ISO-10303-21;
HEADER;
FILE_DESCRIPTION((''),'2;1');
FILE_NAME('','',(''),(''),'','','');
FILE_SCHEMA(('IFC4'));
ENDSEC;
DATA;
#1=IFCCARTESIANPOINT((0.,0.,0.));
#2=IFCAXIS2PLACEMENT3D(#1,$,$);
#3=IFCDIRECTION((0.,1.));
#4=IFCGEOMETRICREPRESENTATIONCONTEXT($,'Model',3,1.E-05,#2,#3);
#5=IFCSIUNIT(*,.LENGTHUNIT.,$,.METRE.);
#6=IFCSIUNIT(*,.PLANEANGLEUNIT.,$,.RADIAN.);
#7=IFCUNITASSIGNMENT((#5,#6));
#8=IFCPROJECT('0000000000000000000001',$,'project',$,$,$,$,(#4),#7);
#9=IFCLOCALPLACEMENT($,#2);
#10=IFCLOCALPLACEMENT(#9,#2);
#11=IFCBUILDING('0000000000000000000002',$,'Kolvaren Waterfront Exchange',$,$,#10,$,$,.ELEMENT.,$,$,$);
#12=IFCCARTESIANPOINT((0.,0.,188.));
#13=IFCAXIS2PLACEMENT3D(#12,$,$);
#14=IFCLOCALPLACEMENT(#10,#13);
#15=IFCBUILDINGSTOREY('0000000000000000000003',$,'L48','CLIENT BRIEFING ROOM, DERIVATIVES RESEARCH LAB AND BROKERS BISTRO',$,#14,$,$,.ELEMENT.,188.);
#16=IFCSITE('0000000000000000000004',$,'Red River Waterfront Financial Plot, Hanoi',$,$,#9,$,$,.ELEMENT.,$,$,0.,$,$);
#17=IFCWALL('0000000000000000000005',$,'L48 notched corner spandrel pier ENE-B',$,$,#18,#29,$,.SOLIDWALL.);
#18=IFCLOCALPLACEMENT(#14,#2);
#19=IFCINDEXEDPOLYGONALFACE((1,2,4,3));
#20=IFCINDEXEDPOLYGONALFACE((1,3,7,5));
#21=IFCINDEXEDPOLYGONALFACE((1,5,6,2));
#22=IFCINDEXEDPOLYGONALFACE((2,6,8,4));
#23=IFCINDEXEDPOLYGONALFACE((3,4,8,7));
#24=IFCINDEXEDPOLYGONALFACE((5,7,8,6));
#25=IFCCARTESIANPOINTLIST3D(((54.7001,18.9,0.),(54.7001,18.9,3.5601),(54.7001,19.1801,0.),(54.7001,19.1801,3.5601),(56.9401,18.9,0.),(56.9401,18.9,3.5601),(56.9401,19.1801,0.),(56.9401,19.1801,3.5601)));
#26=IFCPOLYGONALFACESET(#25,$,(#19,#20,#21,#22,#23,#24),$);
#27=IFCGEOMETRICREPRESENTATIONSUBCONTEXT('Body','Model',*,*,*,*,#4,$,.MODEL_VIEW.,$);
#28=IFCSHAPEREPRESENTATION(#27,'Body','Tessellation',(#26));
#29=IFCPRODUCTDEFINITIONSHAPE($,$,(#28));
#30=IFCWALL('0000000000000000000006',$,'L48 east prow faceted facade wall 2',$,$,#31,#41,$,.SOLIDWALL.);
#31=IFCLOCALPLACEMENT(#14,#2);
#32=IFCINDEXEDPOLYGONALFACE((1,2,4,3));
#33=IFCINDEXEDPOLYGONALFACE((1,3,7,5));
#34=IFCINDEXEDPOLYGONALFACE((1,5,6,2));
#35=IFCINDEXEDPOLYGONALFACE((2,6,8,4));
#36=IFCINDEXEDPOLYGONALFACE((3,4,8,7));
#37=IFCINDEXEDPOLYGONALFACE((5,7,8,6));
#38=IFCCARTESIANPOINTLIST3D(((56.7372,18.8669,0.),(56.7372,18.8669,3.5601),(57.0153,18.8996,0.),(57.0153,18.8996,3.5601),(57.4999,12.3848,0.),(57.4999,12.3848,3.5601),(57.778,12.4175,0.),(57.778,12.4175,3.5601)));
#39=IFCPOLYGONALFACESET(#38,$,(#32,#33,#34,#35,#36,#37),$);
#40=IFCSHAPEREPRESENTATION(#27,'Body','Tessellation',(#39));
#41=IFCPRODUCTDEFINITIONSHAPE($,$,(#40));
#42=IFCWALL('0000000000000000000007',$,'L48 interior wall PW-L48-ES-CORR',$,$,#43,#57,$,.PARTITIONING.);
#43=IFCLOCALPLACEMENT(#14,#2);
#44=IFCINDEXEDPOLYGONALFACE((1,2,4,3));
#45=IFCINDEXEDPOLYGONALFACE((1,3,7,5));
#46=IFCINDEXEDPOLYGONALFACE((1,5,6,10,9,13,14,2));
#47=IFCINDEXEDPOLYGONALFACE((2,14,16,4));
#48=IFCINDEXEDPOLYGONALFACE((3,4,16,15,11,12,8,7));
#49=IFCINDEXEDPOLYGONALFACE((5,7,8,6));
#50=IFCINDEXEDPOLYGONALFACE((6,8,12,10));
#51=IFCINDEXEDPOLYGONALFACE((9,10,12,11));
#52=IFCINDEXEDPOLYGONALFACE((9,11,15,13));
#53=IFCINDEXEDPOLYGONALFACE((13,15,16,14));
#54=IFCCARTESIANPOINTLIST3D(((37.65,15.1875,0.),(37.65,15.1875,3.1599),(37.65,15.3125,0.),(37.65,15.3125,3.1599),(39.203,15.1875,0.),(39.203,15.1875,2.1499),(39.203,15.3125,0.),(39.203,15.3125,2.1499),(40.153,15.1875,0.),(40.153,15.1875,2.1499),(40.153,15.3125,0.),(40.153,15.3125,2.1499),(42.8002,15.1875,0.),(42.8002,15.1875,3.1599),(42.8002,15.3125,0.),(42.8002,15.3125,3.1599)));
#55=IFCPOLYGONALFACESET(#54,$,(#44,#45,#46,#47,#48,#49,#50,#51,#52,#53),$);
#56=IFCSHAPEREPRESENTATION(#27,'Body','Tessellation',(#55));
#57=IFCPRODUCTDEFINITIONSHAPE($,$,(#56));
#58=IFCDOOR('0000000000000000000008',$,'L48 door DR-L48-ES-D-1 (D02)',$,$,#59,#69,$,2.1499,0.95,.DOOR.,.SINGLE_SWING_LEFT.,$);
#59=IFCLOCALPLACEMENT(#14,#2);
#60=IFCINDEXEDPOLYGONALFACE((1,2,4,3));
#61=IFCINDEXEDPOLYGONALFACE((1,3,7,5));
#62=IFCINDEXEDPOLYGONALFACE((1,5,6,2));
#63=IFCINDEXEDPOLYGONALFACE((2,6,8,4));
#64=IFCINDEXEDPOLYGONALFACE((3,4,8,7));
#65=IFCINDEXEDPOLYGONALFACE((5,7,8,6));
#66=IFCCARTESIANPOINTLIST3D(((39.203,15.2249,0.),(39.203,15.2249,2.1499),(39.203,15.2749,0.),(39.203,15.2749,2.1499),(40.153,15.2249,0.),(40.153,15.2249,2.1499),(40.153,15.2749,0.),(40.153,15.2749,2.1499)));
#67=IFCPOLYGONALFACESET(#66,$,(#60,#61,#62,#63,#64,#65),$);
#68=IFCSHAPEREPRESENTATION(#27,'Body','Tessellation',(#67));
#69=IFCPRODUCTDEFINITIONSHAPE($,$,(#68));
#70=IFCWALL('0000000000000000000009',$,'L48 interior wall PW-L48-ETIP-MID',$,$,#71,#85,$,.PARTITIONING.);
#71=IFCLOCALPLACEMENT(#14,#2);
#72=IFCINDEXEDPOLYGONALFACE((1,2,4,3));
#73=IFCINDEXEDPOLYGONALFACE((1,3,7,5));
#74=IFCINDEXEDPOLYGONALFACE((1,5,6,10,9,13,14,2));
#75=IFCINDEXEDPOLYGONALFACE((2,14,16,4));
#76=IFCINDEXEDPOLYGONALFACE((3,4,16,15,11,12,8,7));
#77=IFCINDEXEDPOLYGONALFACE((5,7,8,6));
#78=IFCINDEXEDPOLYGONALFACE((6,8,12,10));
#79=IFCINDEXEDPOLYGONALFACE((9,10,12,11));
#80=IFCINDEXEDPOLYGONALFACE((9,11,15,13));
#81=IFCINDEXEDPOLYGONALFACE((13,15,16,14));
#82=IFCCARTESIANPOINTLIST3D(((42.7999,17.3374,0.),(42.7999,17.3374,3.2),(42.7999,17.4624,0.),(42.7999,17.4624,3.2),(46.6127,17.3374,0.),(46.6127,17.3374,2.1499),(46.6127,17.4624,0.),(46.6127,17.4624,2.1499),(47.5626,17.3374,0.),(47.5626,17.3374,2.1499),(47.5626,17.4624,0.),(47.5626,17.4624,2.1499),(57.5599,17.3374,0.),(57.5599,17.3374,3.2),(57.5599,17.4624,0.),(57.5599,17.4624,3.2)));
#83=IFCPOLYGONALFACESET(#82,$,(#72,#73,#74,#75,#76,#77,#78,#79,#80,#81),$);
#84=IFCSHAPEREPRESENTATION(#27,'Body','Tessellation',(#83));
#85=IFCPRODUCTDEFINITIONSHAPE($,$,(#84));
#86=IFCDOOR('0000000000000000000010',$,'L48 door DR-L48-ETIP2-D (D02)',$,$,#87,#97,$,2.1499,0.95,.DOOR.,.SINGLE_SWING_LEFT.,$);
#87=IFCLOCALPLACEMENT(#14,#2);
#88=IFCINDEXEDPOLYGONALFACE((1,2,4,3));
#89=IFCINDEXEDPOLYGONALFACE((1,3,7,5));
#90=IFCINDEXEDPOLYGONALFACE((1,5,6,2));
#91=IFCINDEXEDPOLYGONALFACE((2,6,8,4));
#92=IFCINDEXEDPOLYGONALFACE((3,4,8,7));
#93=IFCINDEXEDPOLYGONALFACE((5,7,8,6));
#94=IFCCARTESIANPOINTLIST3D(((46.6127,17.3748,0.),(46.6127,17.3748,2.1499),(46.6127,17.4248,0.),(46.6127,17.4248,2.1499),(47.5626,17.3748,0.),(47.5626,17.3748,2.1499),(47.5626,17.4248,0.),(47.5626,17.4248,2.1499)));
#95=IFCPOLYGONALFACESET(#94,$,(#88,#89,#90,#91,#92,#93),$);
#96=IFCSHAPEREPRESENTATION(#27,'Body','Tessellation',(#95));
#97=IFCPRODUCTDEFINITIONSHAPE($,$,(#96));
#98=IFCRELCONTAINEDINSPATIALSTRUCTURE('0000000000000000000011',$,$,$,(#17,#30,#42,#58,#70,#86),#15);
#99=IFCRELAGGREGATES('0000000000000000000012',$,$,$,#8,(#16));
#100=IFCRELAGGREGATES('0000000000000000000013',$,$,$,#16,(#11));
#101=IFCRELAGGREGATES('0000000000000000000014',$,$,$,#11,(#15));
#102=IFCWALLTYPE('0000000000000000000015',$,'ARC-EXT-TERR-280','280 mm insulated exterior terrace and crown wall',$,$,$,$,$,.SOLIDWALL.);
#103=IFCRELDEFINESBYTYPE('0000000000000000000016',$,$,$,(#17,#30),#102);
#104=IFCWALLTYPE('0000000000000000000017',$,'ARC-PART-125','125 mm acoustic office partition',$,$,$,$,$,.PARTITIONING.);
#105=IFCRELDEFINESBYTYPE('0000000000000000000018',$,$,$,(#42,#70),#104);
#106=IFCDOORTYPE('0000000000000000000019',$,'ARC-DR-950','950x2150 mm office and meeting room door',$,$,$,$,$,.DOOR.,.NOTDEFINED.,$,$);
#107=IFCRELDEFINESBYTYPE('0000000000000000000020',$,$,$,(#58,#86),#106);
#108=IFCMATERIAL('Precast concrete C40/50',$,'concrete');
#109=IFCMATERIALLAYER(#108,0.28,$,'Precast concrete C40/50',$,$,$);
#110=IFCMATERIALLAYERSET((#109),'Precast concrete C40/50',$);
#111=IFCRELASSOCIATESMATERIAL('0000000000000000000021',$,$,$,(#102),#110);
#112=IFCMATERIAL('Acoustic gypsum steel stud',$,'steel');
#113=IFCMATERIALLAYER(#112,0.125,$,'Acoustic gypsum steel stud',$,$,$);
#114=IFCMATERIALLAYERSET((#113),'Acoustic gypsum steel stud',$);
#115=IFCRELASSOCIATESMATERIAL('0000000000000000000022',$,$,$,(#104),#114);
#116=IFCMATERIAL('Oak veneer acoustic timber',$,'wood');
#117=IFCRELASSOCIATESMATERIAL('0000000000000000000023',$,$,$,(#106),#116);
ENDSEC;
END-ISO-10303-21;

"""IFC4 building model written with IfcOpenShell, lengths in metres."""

from ifc_helpers import new_model, si_unit, direction, frame, frame_2d, origin, place, context, subcontext, project, spatial, rectangle, extrude, material, layer, layer_set, type_object, element, fill, save


model = new_model("IFC4")

# Units and contexts
model_context = context("Model", 3, precision=1e-05, world=origin(), true_north=direction((0.0, 1.0)))
body_context = subcontext(model_context, "Body", "Model", "MODEL_VIEW")
ifc_project = project(units=[si_unit("LENGTHUNIT", "METRE"), si_unit("PLANEANGLEUNIT", "RADIAN")], contexts=[model_context])

# Site, building, storey
site_placement = place(None, origin())
site = spatial("IfcSite", under=ifc_project, at=site_placement, Name="Red River Waterfront Financial Plot, Hanoi", CompositionType="ELEMENT", RefElevation=0.0)
building_placement = place(site_placement, origin())
building = spatial("IfcBuilding", under=site, at=building_placement, Name="Kolvaren Waterfront Exchange", CompositionType="ELEMENT")
storey_placement = place(building_placement, frame((0.0, 0.0, 188.0)))
storey = spatial("IfcBuildingStorey", under=building, at=storey_placement, Name="L48", Description="CLIENT BRIEFING ROOM, DERIVATIVES RESEARCH LAB AND BROKERS BISTRO", CompositionType="ELEMENT", Elevation=188.0)

# Walls
ifc_material_1 = material(Name="Precast concrete C40/50", Category="concrete")
ifc_layer_1 = layer(ifc_material_1, 0.28, Name="Precast concrete C40/50")
ifc_layer_set_1 = layer_set([ifc_layer_1], Name="Precast concrete C40/50")
wall_type_1 = type_object("IfcWallType", Name="ARC-EXT-TERR-280", Description="280 mm insulated exterior terrace and crown wall", PredefinedType="SOLIDWALL", material=ifc_layer_set_1)
wall_1_placement = place(storey_placement, frame((54.7, 19.04, 0.0), z_axis=(0.0, 0.0, 1.0), x_axis=(1.0, 0.0, 0.0)))
element("IfcWall", 1, at=wall_1_placement, inside=storey, type_object=wall_type_1, Name="L48 notched corner spandrel pier ENE-B", PredefinedType="SOLIDWALL", context=body_context, shape_type="SweptSolid", body=[
    extrude(rectangle(XDim=2.24, YDim=0.28, at=frame_2d((1.1201, 0.0))), origin(), (0.0, 0.0, 1.0), 3.5601),
])
wall_2_placement = place(storey_placement, frame((57.6389, 12.4011, 0.0), z_axis=(0.0, 0.0, 1.0), x_axis=(-0.116854, 0.993149, 0.0)))
element("IfcWall", 2, at=wall_2_placement, inside=storey, type_object=wall_type_1, Name="L48 east prow faceted facade wall 2", PredefinedType="SOLIDWALL", context=body_context, shape_type="SweptSolid", body=[
    extrude(rectangle(XDim=6.5269, YDim=0.28, at=frame_2d((3.2634, 0.0))), origin(), (0.0, 0.0, 1.0), 3.5601),
])

# Walls, openings, doors
ifc_material_2 = material(Name="Acoustic gypsum steel stud", Category="steel")
ifc_layer_2 = layer(ifc_material_2, 0.125, Name="Acoustic gypsum steel stud")
ifc_layer_set_2 = layer_set([ifc_layer_2], Name="Acoustic gypsum steel stud")
wall_type_2 = type_object("IfcWallType", Name="ARC-PART-125", Description="125 mm acoustic office partition", PredefinedType="PARTITIONING", material=ifc_layer_set_2)
wall_3_placement = place(storey_placement, frame((37.6499, 15.25, 0.0), z_axis=(0.0, 0.0, 1.0), x_axis=(1.0, 0.0, 0.0)))
wall_3 = element("IfcWall", 3, at=wall_3_placement, inside=storey, type_object=wall_type_2, Name="L48 interior wall PW-L48-ES-CORR", PredefinedType="PARTITIONING", context=body_context, shape_type="SweptSolid", body=[
    extrude(rectangle(XDim=5.1501, YDim=0.125, at=frame_2d((2.5752, 0.0))), origin(), (0.0, 0.0, 1.0), 3.1599),
])
opening_1_placement = place(wall_3_placement, frame((1.553, 0.0, 0.0)))
opening_1 = element("IfcOpeningElement", 4, at=opening_1_placement, cuts=wall_3, PredefinedType="OPENING", context=body_context, shape_type="SweptSolid", body=[
    extrude(rectangle(XDim=0.95, YDim=2.1499, at=frame_2d((0.4751, 1.075))), frame((0.0, 0.0725, 0.0), z_axis=(0.0, -1.0, 0.0), x_axis=(1.0, 0.0, 0.0)), (0.0, 0.0, 1.0), 0.145),
])
ifc_material_3 = material(Name="Oak veneer acoustic timber", Category="wood")
door_type = type_object("IfcDoorType", Name="ARC-DR-950", Description="950x2150 mm office and meeting room door", OperationType="NOTDEFINED", PredefinedType="DOOR", material=ifc_material_3)
door_1_placement = place(opening_1_placement, origin())
door_1 = element("IfcDoor", 5, at=door_1_placement, inside=storey, type_object=door_type, Name="L48 door DR-L48-ES-D-1 (D02)", OperationType="SINGLE_SWING_LEFT", OverallHeight=2.1499, OverallWidth=0.95, PredefinedType="DOOR", context=body_context, shape_type="SweptSolid", body=[
    extrude(rectangle(XDim=0.95, YDim=2.1499, at=frame_2d((0.4751, 1.075))), frame((0.0, 0.0249, 0.0), z_axis=(0.0, -1.0, 0.0), x_axis=(1.0, 0.0, 0.0)), (0.0, 0.0, 1.0), 0.05),
])
fill(opening_1, door_1)
wall_4_placement = place(storey_placement, frame((42.8, 17.3999, 0.0), z_axis=(0.0, 0.0, 1.0), x_axis=(1.0, 0.0, 0.0)))
wall_4 = element("IfcWall", 6, at=wall_4_placement, inside=storey, type_object=wall_type_2, Name="L48 interior wall PW-L48-ETIP-MID", PredefinedType="PARTITIONING", context=body_context, shape_type="SweptSolid", body=[
    extrude(rectangle(XDim=14.76, YDim=0.125, at=frame_2d((7.3799, 0.0))), origin(), (0.0, 0.0, 1.0), 3.2),
])
opening_2_placement = place(wall_4_placement, frame((3.8125, 0.0, 0.0)))
opening_2 = element("IfcOpeningElement", 7, at=opening_2_placement, cuts=wall_4, PredefinedType="OPENING", context=body_context, shape_type="SweptSolid", body=[
    extrude(rectangle(XDim=0.95, YDim=2.1499, at=frame_2d((0.4751, 1.075))), frame((0.0, 0.0725, 0.0), z_axis=(0.0, -1.0, 0.0), x_axis=(1.0, 0.0, 0.0)), (0.0, 0.0, 1.0), 0.145),
])
door_2_placement = place(opening_2_placement, origin())
door_2 = element("IfcDoor", 8, at=door_2_placement, inside=storey, type_object=door_type, Name="L48 door DR-L48-ETIP2-D (D02)", OperationType="SINGLE_SWING_LEFT", OverallHeight=2.1499, OverallWidth=0.95, PredefinedType="DOOR", context=body_context, shape_type="SweptSolid", body=[
    extrude(rectangle(XDim=0.95, YDim=2.1499, at=frame_2d((0.4751, 1.075))), frame((0.0, 0.0249, 0.0), z_axis=(0.0, -1.0, 0.0), x_axis=(1.0, 0.0, 0.0)), (0.0, 0.0, 1.0), 0.05),
])
fill(opening_2, door_2)

save(model, "model.ifc")
